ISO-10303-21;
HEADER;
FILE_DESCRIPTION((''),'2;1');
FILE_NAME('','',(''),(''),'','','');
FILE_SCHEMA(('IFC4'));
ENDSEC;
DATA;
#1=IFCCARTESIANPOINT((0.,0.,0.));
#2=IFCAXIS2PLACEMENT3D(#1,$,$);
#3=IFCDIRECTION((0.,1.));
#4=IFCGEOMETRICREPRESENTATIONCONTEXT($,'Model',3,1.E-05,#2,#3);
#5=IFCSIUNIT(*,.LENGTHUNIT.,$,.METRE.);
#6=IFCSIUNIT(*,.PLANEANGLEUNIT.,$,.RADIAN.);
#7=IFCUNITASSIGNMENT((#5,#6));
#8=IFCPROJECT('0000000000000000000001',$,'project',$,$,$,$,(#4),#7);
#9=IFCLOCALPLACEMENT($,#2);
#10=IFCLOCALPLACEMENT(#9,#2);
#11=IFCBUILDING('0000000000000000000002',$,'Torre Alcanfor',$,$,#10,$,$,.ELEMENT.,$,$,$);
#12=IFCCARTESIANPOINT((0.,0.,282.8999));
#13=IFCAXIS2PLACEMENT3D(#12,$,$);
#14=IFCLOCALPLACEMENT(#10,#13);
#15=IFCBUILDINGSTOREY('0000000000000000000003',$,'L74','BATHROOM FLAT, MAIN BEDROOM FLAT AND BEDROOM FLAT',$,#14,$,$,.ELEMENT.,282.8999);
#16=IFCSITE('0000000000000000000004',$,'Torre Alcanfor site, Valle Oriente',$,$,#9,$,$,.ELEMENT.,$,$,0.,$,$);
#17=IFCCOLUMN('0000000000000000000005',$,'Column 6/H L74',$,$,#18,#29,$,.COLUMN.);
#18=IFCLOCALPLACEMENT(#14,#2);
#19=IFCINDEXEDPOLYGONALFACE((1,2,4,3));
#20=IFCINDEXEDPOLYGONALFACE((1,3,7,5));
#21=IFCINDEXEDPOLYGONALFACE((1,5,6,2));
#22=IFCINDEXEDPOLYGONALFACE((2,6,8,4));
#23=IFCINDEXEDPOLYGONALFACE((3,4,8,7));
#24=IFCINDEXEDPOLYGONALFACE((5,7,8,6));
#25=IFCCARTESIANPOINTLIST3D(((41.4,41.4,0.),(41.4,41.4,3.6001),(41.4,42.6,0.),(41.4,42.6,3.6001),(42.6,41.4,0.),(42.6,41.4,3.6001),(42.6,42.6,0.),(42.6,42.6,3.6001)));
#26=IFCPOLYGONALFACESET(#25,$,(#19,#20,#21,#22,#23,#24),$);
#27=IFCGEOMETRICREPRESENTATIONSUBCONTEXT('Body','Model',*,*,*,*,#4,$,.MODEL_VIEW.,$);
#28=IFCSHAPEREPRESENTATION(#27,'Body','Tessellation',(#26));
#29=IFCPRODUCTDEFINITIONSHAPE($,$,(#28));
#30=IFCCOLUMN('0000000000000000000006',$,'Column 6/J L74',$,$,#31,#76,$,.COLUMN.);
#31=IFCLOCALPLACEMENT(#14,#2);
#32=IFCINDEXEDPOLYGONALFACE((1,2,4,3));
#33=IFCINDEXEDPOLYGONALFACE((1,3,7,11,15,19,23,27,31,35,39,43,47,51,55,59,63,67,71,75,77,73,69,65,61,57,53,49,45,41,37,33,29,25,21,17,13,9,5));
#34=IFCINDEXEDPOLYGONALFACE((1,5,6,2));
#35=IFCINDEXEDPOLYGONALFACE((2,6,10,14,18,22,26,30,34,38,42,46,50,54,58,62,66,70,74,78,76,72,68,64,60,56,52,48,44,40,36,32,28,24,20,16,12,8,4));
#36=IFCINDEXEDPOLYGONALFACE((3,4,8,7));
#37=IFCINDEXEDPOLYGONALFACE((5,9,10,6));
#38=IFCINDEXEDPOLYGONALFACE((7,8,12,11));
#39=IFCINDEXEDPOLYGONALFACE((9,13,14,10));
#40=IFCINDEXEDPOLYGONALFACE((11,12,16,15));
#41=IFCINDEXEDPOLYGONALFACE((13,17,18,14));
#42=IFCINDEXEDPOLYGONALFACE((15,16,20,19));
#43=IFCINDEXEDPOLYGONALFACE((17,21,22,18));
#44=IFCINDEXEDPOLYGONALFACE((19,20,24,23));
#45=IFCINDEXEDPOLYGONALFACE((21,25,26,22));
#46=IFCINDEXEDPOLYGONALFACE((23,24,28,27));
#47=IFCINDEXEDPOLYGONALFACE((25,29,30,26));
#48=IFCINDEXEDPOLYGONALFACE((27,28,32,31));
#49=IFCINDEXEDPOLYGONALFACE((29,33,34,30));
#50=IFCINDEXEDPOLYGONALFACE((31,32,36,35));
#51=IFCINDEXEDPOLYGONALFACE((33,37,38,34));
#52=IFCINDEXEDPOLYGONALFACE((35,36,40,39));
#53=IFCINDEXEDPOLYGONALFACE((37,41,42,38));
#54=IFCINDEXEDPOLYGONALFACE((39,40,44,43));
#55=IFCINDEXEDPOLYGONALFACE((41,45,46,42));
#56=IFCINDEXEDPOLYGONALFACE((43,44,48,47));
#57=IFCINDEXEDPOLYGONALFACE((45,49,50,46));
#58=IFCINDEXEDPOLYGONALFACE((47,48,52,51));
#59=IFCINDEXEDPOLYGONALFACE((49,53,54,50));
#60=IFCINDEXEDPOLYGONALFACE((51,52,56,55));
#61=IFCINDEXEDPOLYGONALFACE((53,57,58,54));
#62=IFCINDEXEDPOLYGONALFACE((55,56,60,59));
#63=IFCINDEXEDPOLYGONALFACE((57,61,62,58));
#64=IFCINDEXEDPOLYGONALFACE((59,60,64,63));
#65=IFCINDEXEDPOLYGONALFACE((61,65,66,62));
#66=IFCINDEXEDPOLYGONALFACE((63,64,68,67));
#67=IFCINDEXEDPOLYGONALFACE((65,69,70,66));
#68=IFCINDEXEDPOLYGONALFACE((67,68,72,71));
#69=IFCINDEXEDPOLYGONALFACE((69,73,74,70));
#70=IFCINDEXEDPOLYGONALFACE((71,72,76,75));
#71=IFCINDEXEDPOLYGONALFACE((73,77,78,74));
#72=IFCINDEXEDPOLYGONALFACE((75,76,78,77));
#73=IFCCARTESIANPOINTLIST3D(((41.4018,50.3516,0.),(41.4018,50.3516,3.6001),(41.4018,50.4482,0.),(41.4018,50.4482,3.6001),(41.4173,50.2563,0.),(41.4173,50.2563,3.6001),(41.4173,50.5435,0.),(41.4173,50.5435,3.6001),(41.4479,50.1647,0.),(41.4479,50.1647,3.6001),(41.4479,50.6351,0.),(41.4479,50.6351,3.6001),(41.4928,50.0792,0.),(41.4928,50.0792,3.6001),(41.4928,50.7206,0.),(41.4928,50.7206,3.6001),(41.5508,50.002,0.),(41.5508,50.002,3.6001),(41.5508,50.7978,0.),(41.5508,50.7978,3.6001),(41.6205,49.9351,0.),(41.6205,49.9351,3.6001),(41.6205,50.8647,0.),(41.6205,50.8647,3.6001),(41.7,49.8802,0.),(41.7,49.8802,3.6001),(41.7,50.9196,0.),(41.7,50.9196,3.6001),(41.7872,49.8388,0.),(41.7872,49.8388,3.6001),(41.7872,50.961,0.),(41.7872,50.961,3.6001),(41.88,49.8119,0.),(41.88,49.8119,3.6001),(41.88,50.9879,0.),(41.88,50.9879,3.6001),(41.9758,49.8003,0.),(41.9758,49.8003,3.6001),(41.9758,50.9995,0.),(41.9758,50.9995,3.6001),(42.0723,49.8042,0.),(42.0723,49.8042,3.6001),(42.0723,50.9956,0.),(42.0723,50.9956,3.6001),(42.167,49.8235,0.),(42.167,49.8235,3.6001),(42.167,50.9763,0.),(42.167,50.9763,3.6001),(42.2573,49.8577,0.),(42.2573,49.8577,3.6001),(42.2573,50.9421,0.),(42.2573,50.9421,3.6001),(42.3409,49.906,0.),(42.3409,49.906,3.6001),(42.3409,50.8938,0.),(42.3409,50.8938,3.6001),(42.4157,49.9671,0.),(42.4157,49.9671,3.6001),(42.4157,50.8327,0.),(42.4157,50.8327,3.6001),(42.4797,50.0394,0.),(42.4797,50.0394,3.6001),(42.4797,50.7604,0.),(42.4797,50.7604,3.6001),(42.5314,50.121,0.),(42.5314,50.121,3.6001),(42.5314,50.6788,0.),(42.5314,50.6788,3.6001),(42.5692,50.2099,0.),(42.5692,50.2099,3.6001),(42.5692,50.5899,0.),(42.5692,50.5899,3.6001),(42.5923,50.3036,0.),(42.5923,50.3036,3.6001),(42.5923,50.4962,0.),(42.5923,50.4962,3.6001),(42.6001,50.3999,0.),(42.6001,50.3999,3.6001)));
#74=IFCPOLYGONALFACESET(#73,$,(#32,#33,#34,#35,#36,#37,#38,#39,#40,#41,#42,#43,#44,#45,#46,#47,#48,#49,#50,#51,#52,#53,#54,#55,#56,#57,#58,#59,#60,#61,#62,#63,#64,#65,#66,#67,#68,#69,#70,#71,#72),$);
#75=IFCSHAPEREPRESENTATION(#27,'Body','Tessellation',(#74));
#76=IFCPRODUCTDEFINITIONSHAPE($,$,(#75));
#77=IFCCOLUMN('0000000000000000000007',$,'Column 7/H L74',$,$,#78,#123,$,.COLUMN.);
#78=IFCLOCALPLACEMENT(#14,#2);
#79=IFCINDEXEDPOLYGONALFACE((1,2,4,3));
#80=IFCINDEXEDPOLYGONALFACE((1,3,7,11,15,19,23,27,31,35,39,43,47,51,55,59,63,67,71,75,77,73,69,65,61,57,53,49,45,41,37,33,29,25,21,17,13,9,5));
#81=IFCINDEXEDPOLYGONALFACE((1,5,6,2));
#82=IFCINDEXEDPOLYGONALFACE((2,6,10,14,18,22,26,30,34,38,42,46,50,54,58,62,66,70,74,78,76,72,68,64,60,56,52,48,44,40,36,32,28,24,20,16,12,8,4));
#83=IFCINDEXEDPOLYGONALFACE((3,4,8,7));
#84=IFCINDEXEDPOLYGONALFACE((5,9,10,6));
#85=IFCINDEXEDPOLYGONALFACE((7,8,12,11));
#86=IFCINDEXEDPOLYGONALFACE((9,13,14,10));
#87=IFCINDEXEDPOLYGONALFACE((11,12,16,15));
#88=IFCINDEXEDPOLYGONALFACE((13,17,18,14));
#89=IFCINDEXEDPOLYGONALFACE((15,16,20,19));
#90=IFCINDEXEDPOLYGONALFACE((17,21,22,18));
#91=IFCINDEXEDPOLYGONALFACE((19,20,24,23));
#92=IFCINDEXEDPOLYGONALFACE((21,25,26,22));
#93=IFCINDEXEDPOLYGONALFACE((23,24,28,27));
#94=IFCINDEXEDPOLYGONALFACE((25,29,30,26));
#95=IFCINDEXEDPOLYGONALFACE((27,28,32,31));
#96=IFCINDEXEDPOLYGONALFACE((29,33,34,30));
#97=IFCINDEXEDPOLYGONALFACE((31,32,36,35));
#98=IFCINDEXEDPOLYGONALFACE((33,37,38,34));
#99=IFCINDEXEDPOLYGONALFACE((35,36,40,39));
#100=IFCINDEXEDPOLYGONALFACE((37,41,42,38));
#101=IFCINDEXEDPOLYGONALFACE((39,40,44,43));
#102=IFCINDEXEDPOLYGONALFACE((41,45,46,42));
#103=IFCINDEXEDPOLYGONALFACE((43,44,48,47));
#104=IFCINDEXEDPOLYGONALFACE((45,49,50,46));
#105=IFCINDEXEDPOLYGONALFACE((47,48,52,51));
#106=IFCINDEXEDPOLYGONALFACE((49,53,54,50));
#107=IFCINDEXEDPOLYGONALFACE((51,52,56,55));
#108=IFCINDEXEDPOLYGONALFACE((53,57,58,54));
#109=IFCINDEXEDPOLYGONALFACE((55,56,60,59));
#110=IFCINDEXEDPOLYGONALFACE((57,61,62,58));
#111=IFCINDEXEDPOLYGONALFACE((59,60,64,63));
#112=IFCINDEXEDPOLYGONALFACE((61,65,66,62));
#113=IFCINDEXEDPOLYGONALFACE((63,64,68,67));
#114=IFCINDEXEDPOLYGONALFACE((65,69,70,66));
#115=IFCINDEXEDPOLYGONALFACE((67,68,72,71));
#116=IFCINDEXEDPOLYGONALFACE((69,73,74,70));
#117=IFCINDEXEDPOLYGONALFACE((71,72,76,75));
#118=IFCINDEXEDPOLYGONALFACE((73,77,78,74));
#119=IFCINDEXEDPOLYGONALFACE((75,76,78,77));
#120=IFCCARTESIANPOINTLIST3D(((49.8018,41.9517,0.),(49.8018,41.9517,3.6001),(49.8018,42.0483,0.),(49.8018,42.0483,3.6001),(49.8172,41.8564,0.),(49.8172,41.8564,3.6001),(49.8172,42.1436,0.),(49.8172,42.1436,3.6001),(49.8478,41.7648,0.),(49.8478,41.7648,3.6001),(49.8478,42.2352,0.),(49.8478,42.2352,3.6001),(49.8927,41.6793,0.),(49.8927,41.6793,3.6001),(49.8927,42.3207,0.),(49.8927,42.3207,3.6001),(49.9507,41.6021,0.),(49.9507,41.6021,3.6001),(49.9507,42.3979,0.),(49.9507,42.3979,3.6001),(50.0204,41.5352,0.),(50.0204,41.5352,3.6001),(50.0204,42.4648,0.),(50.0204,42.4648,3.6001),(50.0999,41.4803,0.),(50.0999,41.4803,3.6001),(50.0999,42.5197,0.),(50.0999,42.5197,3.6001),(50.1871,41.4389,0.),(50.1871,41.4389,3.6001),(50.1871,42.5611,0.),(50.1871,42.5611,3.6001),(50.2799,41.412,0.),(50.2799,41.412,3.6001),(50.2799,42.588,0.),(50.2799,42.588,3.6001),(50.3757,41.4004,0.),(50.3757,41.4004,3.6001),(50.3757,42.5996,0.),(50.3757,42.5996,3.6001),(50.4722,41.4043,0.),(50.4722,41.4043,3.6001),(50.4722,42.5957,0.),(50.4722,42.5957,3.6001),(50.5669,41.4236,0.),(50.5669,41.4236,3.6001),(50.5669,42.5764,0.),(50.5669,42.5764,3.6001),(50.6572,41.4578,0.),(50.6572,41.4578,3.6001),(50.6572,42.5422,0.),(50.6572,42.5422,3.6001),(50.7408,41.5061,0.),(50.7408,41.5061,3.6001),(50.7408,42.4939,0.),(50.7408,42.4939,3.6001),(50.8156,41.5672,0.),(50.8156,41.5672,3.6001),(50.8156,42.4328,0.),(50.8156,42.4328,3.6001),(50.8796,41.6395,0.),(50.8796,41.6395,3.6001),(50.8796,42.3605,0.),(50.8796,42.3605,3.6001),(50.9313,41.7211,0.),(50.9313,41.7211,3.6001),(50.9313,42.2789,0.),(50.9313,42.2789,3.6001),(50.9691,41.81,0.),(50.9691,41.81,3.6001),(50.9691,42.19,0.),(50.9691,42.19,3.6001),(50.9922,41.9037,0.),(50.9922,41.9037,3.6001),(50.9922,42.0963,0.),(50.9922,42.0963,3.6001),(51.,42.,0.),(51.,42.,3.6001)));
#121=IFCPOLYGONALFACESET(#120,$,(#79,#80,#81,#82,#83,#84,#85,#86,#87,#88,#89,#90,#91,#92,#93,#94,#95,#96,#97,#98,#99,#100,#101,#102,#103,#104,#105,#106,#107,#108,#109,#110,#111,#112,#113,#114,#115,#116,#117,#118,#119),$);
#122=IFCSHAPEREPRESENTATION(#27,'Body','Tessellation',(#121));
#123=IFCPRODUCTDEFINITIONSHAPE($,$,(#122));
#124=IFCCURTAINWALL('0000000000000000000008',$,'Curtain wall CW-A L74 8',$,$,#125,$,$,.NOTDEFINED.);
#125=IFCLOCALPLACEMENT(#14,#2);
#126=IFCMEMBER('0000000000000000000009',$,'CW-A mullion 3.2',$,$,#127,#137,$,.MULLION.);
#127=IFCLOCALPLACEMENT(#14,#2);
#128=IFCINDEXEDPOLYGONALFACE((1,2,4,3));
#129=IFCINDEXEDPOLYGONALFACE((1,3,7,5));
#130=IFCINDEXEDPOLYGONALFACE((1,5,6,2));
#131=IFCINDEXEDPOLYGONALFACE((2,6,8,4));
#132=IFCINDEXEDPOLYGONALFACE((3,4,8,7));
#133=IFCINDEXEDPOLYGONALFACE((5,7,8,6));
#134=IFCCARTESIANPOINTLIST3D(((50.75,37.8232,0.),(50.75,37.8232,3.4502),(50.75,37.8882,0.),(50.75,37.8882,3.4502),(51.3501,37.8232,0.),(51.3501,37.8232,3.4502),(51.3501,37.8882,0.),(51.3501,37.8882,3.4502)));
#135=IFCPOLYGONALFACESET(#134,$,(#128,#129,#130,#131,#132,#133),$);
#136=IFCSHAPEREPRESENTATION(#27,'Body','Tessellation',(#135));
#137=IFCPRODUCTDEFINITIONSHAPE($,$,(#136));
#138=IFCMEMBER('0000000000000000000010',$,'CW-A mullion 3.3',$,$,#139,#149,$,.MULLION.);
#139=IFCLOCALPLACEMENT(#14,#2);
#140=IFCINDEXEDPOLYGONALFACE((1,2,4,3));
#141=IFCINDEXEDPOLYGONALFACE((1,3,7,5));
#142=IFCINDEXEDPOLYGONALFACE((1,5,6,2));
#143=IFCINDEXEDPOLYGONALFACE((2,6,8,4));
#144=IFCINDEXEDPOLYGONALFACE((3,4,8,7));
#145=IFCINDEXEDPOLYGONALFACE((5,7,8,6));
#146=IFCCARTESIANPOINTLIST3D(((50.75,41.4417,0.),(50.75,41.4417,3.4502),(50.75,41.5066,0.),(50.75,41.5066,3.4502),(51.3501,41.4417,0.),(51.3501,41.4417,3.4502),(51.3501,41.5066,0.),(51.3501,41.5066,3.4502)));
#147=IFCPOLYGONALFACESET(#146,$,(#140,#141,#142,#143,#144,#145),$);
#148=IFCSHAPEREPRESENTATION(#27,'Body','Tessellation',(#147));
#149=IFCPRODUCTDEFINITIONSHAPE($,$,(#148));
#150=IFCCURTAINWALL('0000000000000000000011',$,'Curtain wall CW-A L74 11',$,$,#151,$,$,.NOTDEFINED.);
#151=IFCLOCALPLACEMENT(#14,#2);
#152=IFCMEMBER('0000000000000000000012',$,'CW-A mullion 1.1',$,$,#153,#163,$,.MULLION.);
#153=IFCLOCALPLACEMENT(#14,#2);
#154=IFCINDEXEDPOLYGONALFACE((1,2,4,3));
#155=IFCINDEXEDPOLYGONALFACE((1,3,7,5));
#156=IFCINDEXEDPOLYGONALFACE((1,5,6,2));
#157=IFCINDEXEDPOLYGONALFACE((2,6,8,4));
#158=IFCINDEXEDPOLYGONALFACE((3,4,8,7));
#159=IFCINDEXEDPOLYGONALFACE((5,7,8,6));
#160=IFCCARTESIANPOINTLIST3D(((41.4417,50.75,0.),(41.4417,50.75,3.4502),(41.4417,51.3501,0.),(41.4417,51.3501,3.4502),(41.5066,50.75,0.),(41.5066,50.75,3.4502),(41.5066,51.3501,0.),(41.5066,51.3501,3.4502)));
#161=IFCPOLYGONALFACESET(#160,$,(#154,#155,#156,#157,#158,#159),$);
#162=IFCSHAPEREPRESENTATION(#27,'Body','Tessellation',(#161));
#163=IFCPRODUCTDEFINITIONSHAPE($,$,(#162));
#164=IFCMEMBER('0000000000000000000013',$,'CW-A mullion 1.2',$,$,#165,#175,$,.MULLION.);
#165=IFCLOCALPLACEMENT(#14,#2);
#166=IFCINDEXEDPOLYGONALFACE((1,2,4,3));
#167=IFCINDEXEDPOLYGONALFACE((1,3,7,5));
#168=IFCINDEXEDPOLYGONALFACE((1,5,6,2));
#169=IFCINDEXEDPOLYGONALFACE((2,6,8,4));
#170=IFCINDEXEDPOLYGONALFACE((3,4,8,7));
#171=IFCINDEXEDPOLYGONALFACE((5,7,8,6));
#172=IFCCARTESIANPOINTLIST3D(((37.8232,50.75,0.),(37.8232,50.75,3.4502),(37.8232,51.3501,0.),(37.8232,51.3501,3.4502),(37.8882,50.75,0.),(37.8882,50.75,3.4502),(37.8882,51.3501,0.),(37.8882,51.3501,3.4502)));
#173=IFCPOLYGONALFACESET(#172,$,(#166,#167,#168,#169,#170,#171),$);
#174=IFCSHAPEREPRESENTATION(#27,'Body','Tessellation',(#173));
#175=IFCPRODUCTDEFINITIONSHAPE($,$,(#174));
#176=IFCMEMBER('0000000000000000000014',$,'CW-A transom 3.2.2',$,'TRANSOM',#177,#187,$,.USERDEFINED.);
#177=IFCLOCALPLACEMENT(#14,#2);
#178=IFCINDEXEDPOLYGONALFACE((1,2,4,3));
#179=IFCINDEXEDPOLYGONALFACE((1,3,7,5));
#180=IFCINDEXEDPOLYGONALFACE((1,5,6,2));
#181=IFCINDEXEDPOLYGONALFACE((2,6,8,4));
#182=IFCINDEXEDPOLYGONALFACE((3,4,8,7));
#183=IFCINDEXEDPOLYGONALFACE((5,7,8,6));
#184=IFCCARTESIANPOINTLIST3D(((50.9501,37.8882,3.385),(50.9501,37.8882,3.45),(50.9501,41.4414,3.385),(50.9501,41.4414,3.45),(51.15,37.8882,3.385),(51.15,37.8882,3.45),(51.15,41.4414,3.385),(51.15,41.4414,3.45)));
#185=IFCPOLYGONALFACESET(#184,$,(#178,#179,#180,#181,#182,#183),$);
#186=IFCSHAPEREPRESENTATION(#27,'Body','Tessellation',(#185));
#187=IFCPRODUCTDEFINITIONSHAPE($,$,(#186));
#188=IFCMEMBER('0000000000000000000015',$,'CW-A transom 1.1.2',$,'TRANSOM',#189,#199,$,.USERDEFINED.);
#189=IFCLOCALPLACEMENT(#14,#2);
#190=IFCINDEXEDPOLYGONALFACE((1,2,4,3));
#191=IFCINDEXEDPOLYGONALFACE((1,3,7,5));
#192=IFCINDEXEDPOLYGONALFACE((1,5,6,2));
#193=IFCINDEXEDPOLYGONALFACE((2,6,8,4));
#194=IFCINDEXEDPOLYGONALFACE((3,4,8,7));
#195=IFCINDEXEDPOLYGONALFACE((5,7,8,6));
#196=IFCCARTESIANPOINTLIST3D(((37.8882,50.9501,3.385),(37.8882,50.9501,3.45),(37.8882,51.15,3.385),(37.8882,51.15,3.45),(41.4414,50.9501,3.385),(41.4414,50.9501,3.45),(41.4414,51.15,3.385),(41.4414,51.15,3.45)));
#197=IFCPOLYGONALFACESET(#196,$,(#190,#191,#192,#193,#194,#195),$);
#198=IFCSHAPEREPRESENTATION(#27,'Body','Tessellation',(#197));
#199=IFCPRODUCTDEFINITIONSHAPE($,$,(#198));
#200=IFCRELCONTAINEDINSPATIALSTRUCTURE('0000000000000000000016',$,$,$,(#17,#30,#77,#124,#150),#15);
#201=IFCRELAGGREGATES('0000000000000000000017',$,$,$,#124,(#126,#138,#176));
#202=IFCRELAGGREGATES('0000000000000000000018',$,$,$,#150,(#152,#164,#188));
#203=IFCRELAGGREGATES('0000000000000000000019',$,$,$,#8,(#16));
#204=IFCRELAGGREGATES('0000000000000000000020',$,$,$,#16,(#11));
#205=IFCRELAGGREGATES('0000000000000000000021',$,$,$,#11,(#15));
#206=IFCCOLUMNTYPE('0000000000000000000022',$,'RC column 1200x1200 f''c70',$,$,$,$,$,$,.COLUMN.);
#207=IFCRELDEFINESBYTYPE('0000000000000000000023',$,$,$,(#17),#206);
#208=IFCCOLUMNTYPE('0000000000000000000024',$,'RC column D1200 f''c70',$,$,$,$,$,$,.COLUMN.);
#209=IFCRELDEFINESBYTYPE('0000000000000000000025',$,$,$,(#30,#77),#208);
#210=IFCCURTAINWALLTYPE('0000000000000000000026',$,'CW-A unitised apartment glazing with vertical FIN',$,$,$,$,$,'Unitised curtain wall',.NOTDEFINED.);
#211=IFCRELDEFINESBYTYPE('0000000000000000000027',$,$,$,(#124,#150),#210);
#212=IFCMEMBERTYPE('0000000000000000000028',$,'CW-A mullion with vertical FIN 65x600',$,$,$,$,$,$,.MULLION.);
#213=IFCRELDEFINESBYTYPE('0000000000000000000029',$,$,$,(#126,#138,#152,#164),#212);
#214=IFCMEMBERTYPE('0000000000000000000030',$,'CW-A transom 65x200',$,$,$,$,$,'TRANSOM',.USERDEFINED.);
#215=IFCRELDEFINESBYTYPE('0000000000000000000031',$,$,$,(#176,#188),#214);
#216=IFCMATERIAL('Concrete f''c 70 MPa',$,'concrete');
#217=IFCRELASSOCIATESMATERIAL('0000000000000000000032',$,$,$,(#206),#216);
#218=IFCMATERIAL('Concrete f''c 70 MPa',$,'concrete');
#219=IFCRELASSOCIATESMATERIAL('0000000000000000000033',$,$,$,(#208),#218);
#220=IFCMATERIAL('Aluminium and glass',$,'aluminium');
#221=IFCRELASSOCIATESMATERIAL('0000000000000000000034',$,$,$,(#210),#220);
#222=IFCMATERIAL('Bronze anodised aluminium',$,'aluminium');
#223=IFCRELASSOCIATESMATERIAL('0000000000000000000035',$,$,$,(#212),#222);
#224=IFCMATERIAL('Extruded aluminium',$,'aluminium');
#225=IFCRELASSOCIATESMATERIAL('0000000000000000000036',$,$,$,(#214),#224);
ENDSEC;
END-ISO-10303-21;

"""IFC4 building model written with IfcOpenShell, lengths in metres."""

from ifc_helpers import new_model, si_unit, direction, frame, origin, origin_2d, place, context, subcontext, project, spatial, rectangle, circle, extrude, material, material_profile, profile_set, type_object, element, aggregate, save


model = new_model("IFC4")

# Units and contexts
model_context = context("Model", 3, precision=1e-05, world=origin(), true_north=direction((0.0, 1.0)))
body_context = subcontext(model_context, "Body", "Model", "MODEL_VIEW")
ifc_project = project(units=[si_unit("LENGTHUNIT", "METRE"), si_unit("PLANEANGLEUNIT", "RADIAN")], contexts=[model_context])

# Site, building, storey
site_placement = place(None, origin())
site = spatial("IfcSite", under=ifc_project, at=site_placement, Name="Torre Alcanfor site, Valle Oriente", CompositionType="ELEMENT", RefElevation=0.0)
building_placement = place(site_placement, origin())
building = spatial("IfcBuilding", under=site, at=building_placement, Name="Torre Alcanfor", CompositionType="ELEMENT")
storey_placement = place(building_placement, frame((0.0, 0.0, 282.8999)))
storey = spatial("IfcBuildingStorey", under=building, at=storey_placement, Name="L74", Description="BATHROOM FLAT, MAIN BEDROOM FLAT AND BEDROOM FLAT", CompositionType="ELEMENT", Elevation=282.8999)

# Columns
ifc_material_1 = material(Name="Concrete f'c 70 MPa", Category="concrete")
ifc_material_profile_1 = material_profile(ifc_material_1, rectangle(XDim=1.2, YDim=1.2, at=origin_2d()), Name="1200x1200")
ifc_profile_set_1 = profile_set([ifc_material_profile_1], Name="Concrete f'c 70 MPa")
column_type_1 = type_object("IfcColumnType", Name="RC column 1200x1200 f'c70", PredefinedType="COLUMN", material=ifc_profile_set_1)
column_placement = place(storey_placement, frame((42.0, 42.0, 0.0), z_axis=(0.0, 0.0, 1.0), x_axis=(1.0, 0.0, 0.0)))
element("IfcColumn", 1, at=column_placement, inside=storey, type_object=column_type_1, Name="Column 6/H L74", PredefinedType="COLUMN", context=body_context, shape_type="SweptSolid", body=[
    extrude(rectangle(XDim=1.2, YDim=1.2, at=origin_2d()), origin(), (0.0, 0.0, 1.0), 3.6001),
])
ifc_material_2 = material(Name="Concrete f'c 70 MPa", Category="concrete")
ifc_material_profile_2 = material_profile(ifc_material_2, circle(Radius=0.6001, at=origin_2d()), Name="D1200")
ifc_profile_set_2 = profile_set([ifc_material_profile_2], Name="Concrete f'c 70 MPa")
column_type_2 = type_object("IfcColumnType", Name="RC column D1200 f'c70", PredefinedType="COLUMN", material=ifc_profile_set_2)
for number, where, z_axis, x_axis, name in (
    (2, (42.0, 50.3999, 0.0), (0.0, 0.0, 1.0), (1.0, 0.0, 0.0), "Column 6/J L74"),
    (3, (50.3999, 42.0, 0.0), (0.0, 0.0, 1.0), (1.0, 0.0, 0.0), "Column 7/H L74"),
):
    element("IfcColumn", number, at=place(storey_placement, frame(where, z_axis=z_axis, x_axis=x_axis)), inside=storey, type_object=column_type_2, Name=name, PredefinedType="COLUMN", context=body_context, shape_type="SweptSolid", body=[
        extrude(circle(Radius=0.6001, at=origin_2d()), origin(), (0.0, 0.0, 1.0), 3.6001),
    ])

# Curtain walls, members
ifc_material_3 = material(Name="Aluminium and glass", Category="aluminium")
curtain_wall_type = type_object("IfcCurtainWallType", Name="CW-A unitised apartment glazing with vertical FIN", ElementType="Unitised curtain wall", PredefinedType="NOTDEFINED", material=ifc_material_3)
curtain_wall_1_placement = place(storey_placement, origin())
curtain_wall_1 = element("IfcCurtainWall", 4, at=curtain_wall_1_placement, inside=storey, type_object=curtain_wall_type, Name="Curtain wall CW-A L74 8", PredefinedType="NOTDEFINED")
ifc_material_4 = material(Name="Bronze anodised aluminium", Category="aluminium")
ifc_material_profile_3 = material_profile(ifc_material_4, rectangle(XDim=0.6001, YDim=0.0649, at=origin_2d()), Name="CW-A mullion 65x600")
ifc_profile_set_3 = profile_set([ifc_material_profile_3], Name="Bronze anodised aluminium")
member_type_1 = type_object("IfcMemberType", Name="CW-A mullion with vertical FIN 65x600", PredefinedType="MULLION", material=ifc_profile_set_3)
member_1_placement = place(storey_placement, frame((51.05, 37.8557, 0.0), z_axis=(0.0, 0.0, 1.0), x_axis=(-1.0, 0.0, 0.0)))
member_1 = element("IfcMember", 5, at=member_1_placement, type_object=member_type_1, Name="CW-A mullion 3.2", PredefinedType="MULLION", context=body_context, shape_type="SweptSolid", body=[
    extrude(rectangle(XDim=0.6001, YDim=0.0649, at=origin_2d()), origin(), (0.0, 0.0, 1.0), 3.4502),
])
member_2_placement = place(storey_placement, frame((51.05, 41.4741, 0.0), z_axis=(0.0, 0.0, 1.0), x_axis=(-1.0, 0.0, 0.0)))
member_2 = element("IfcMember", 6, at=member_2_placement, type_object=member_type_1, Name="CW-A mullion 3.3", PredefinedType="MULLION", context=body_context, shape_type="SweptSolid", body=[
    extrude(rectangle(XDim=0.6001, YDim=0.0649, at=origin_2d()), origin(), (0.0, 0.0, 1.0), 3.4502),
])
curtain_wall_2_placement = place(storey_placement, origin())
curtain_wall_2 = element("IfcCurtainWall", 7, at=curtain_wall_2_placement, inside=storey, type_object=curtain_wall_type, Name="Curtain wall CW-A L74 11", PredefinedType="NOTDEFINED")
member_3_placement = place(storey_placement, frame((41.4741, 51.05, 0.0), z_axis=(0.0, 0.0, 1.0), x_axis=(0.0, -1.0, 0.0)))
member_3 = element("IfcMember", 8, at=member_3_placement, type_object=member_type_1, Name="CW-A mullion 1.1", PredefinedType="MULLION", context=body_context, shape_type="SweptSolid", body=[
    extrude(rectangle(XDim=0.6001, YDim=0.0649, at=origin_2d()), origin(), (0.0, 0.0, 1.0), 3.4502),
])
member_4_placement = place(storey_placement, frame((37.8557, 51.05, 0.0), z_axis=(0.0, 0.0, 1.0), x_axis=(0.0, -1.0, 0.0)))
member_4 = element("IfcMember", 9, at=member_4_placement, type_object=member_type_1, Name="CW-A mullion 1.2", PredefinedType="MULLION", context=body_context, shape_type="SweptSolid", body=[
    extrude(rectangle(XDim=0.6001, YDim=0.0649, at=origin_2d()), origin(), (0.0, 0.0, 1.0), 3.4502),
])

# Members
ifc_material_5 = material(Name="Extruded aluminium", Category="aluminium")
ifc_material_profile_4 = material_profile(ifc_material_5, rectangle(XDim=0.2, YDim=0.0649, at=origin_2d()), Name="CW-A transom 200x65")
ifc_profile_set_4 = profile_set([ifc_material_profile_4], Name="Extruded aluminium")
member_type_2 = type_object("IfcMemberType", Name="CW-A transom 65x200", ElementType="TRANSOM", PredefinedType="USERDEFINED", material=ifc_profile_set_4)
member_5_placement = place(storey_placement, frame((51.05, 37.8882, 3.4175), z_axis=(0.0, 1.0, 0.0), x_axis=(-1.0, 0.0, 0.0)))
member_5 = element("IfcMember", 10, at=member_5_placement, type_object=member_type_2, Name="CW-A transom 3.2.2", ObjectType="TRANSOM", PredefinedType="USERDEFINED", context=body_context, shape_type="SweptSolid", body=[
    extrude(rectangle(XDim=0.2, YDim=0.0649, at=origin_2d()), origin(), (0.0, 0.0, 1.0), 3.5532),
])
member_6_placement = place(storey_placement, frame((41.4414, 51.05, 3.4175), z_axis=(-1.0, 0.0, 0.0), x_axis=(0.0, -1.0, 0.0)))
member_6 = element("IfcMember", 11, at=member_6_placement, type_object=member_type_2, Name="CW-A transom 1.1.2", ObjectType="TRANSOM", PredefinedType="USERDEFINED", context=body_context, shape_type="SweptSolid", body=[
    extrude(rectangle(XDim=0.2, YDim=0.0649, at=origin_2d()), origin(), (0.0, 0.0, 1.0), 3.5532),
])

aggregate(curtain_wall_1, [member_1, member_2, member_5])
aggregate(curtain_wall_2, [member_3, member_4, member_6])

save(model, "model.ifc")
